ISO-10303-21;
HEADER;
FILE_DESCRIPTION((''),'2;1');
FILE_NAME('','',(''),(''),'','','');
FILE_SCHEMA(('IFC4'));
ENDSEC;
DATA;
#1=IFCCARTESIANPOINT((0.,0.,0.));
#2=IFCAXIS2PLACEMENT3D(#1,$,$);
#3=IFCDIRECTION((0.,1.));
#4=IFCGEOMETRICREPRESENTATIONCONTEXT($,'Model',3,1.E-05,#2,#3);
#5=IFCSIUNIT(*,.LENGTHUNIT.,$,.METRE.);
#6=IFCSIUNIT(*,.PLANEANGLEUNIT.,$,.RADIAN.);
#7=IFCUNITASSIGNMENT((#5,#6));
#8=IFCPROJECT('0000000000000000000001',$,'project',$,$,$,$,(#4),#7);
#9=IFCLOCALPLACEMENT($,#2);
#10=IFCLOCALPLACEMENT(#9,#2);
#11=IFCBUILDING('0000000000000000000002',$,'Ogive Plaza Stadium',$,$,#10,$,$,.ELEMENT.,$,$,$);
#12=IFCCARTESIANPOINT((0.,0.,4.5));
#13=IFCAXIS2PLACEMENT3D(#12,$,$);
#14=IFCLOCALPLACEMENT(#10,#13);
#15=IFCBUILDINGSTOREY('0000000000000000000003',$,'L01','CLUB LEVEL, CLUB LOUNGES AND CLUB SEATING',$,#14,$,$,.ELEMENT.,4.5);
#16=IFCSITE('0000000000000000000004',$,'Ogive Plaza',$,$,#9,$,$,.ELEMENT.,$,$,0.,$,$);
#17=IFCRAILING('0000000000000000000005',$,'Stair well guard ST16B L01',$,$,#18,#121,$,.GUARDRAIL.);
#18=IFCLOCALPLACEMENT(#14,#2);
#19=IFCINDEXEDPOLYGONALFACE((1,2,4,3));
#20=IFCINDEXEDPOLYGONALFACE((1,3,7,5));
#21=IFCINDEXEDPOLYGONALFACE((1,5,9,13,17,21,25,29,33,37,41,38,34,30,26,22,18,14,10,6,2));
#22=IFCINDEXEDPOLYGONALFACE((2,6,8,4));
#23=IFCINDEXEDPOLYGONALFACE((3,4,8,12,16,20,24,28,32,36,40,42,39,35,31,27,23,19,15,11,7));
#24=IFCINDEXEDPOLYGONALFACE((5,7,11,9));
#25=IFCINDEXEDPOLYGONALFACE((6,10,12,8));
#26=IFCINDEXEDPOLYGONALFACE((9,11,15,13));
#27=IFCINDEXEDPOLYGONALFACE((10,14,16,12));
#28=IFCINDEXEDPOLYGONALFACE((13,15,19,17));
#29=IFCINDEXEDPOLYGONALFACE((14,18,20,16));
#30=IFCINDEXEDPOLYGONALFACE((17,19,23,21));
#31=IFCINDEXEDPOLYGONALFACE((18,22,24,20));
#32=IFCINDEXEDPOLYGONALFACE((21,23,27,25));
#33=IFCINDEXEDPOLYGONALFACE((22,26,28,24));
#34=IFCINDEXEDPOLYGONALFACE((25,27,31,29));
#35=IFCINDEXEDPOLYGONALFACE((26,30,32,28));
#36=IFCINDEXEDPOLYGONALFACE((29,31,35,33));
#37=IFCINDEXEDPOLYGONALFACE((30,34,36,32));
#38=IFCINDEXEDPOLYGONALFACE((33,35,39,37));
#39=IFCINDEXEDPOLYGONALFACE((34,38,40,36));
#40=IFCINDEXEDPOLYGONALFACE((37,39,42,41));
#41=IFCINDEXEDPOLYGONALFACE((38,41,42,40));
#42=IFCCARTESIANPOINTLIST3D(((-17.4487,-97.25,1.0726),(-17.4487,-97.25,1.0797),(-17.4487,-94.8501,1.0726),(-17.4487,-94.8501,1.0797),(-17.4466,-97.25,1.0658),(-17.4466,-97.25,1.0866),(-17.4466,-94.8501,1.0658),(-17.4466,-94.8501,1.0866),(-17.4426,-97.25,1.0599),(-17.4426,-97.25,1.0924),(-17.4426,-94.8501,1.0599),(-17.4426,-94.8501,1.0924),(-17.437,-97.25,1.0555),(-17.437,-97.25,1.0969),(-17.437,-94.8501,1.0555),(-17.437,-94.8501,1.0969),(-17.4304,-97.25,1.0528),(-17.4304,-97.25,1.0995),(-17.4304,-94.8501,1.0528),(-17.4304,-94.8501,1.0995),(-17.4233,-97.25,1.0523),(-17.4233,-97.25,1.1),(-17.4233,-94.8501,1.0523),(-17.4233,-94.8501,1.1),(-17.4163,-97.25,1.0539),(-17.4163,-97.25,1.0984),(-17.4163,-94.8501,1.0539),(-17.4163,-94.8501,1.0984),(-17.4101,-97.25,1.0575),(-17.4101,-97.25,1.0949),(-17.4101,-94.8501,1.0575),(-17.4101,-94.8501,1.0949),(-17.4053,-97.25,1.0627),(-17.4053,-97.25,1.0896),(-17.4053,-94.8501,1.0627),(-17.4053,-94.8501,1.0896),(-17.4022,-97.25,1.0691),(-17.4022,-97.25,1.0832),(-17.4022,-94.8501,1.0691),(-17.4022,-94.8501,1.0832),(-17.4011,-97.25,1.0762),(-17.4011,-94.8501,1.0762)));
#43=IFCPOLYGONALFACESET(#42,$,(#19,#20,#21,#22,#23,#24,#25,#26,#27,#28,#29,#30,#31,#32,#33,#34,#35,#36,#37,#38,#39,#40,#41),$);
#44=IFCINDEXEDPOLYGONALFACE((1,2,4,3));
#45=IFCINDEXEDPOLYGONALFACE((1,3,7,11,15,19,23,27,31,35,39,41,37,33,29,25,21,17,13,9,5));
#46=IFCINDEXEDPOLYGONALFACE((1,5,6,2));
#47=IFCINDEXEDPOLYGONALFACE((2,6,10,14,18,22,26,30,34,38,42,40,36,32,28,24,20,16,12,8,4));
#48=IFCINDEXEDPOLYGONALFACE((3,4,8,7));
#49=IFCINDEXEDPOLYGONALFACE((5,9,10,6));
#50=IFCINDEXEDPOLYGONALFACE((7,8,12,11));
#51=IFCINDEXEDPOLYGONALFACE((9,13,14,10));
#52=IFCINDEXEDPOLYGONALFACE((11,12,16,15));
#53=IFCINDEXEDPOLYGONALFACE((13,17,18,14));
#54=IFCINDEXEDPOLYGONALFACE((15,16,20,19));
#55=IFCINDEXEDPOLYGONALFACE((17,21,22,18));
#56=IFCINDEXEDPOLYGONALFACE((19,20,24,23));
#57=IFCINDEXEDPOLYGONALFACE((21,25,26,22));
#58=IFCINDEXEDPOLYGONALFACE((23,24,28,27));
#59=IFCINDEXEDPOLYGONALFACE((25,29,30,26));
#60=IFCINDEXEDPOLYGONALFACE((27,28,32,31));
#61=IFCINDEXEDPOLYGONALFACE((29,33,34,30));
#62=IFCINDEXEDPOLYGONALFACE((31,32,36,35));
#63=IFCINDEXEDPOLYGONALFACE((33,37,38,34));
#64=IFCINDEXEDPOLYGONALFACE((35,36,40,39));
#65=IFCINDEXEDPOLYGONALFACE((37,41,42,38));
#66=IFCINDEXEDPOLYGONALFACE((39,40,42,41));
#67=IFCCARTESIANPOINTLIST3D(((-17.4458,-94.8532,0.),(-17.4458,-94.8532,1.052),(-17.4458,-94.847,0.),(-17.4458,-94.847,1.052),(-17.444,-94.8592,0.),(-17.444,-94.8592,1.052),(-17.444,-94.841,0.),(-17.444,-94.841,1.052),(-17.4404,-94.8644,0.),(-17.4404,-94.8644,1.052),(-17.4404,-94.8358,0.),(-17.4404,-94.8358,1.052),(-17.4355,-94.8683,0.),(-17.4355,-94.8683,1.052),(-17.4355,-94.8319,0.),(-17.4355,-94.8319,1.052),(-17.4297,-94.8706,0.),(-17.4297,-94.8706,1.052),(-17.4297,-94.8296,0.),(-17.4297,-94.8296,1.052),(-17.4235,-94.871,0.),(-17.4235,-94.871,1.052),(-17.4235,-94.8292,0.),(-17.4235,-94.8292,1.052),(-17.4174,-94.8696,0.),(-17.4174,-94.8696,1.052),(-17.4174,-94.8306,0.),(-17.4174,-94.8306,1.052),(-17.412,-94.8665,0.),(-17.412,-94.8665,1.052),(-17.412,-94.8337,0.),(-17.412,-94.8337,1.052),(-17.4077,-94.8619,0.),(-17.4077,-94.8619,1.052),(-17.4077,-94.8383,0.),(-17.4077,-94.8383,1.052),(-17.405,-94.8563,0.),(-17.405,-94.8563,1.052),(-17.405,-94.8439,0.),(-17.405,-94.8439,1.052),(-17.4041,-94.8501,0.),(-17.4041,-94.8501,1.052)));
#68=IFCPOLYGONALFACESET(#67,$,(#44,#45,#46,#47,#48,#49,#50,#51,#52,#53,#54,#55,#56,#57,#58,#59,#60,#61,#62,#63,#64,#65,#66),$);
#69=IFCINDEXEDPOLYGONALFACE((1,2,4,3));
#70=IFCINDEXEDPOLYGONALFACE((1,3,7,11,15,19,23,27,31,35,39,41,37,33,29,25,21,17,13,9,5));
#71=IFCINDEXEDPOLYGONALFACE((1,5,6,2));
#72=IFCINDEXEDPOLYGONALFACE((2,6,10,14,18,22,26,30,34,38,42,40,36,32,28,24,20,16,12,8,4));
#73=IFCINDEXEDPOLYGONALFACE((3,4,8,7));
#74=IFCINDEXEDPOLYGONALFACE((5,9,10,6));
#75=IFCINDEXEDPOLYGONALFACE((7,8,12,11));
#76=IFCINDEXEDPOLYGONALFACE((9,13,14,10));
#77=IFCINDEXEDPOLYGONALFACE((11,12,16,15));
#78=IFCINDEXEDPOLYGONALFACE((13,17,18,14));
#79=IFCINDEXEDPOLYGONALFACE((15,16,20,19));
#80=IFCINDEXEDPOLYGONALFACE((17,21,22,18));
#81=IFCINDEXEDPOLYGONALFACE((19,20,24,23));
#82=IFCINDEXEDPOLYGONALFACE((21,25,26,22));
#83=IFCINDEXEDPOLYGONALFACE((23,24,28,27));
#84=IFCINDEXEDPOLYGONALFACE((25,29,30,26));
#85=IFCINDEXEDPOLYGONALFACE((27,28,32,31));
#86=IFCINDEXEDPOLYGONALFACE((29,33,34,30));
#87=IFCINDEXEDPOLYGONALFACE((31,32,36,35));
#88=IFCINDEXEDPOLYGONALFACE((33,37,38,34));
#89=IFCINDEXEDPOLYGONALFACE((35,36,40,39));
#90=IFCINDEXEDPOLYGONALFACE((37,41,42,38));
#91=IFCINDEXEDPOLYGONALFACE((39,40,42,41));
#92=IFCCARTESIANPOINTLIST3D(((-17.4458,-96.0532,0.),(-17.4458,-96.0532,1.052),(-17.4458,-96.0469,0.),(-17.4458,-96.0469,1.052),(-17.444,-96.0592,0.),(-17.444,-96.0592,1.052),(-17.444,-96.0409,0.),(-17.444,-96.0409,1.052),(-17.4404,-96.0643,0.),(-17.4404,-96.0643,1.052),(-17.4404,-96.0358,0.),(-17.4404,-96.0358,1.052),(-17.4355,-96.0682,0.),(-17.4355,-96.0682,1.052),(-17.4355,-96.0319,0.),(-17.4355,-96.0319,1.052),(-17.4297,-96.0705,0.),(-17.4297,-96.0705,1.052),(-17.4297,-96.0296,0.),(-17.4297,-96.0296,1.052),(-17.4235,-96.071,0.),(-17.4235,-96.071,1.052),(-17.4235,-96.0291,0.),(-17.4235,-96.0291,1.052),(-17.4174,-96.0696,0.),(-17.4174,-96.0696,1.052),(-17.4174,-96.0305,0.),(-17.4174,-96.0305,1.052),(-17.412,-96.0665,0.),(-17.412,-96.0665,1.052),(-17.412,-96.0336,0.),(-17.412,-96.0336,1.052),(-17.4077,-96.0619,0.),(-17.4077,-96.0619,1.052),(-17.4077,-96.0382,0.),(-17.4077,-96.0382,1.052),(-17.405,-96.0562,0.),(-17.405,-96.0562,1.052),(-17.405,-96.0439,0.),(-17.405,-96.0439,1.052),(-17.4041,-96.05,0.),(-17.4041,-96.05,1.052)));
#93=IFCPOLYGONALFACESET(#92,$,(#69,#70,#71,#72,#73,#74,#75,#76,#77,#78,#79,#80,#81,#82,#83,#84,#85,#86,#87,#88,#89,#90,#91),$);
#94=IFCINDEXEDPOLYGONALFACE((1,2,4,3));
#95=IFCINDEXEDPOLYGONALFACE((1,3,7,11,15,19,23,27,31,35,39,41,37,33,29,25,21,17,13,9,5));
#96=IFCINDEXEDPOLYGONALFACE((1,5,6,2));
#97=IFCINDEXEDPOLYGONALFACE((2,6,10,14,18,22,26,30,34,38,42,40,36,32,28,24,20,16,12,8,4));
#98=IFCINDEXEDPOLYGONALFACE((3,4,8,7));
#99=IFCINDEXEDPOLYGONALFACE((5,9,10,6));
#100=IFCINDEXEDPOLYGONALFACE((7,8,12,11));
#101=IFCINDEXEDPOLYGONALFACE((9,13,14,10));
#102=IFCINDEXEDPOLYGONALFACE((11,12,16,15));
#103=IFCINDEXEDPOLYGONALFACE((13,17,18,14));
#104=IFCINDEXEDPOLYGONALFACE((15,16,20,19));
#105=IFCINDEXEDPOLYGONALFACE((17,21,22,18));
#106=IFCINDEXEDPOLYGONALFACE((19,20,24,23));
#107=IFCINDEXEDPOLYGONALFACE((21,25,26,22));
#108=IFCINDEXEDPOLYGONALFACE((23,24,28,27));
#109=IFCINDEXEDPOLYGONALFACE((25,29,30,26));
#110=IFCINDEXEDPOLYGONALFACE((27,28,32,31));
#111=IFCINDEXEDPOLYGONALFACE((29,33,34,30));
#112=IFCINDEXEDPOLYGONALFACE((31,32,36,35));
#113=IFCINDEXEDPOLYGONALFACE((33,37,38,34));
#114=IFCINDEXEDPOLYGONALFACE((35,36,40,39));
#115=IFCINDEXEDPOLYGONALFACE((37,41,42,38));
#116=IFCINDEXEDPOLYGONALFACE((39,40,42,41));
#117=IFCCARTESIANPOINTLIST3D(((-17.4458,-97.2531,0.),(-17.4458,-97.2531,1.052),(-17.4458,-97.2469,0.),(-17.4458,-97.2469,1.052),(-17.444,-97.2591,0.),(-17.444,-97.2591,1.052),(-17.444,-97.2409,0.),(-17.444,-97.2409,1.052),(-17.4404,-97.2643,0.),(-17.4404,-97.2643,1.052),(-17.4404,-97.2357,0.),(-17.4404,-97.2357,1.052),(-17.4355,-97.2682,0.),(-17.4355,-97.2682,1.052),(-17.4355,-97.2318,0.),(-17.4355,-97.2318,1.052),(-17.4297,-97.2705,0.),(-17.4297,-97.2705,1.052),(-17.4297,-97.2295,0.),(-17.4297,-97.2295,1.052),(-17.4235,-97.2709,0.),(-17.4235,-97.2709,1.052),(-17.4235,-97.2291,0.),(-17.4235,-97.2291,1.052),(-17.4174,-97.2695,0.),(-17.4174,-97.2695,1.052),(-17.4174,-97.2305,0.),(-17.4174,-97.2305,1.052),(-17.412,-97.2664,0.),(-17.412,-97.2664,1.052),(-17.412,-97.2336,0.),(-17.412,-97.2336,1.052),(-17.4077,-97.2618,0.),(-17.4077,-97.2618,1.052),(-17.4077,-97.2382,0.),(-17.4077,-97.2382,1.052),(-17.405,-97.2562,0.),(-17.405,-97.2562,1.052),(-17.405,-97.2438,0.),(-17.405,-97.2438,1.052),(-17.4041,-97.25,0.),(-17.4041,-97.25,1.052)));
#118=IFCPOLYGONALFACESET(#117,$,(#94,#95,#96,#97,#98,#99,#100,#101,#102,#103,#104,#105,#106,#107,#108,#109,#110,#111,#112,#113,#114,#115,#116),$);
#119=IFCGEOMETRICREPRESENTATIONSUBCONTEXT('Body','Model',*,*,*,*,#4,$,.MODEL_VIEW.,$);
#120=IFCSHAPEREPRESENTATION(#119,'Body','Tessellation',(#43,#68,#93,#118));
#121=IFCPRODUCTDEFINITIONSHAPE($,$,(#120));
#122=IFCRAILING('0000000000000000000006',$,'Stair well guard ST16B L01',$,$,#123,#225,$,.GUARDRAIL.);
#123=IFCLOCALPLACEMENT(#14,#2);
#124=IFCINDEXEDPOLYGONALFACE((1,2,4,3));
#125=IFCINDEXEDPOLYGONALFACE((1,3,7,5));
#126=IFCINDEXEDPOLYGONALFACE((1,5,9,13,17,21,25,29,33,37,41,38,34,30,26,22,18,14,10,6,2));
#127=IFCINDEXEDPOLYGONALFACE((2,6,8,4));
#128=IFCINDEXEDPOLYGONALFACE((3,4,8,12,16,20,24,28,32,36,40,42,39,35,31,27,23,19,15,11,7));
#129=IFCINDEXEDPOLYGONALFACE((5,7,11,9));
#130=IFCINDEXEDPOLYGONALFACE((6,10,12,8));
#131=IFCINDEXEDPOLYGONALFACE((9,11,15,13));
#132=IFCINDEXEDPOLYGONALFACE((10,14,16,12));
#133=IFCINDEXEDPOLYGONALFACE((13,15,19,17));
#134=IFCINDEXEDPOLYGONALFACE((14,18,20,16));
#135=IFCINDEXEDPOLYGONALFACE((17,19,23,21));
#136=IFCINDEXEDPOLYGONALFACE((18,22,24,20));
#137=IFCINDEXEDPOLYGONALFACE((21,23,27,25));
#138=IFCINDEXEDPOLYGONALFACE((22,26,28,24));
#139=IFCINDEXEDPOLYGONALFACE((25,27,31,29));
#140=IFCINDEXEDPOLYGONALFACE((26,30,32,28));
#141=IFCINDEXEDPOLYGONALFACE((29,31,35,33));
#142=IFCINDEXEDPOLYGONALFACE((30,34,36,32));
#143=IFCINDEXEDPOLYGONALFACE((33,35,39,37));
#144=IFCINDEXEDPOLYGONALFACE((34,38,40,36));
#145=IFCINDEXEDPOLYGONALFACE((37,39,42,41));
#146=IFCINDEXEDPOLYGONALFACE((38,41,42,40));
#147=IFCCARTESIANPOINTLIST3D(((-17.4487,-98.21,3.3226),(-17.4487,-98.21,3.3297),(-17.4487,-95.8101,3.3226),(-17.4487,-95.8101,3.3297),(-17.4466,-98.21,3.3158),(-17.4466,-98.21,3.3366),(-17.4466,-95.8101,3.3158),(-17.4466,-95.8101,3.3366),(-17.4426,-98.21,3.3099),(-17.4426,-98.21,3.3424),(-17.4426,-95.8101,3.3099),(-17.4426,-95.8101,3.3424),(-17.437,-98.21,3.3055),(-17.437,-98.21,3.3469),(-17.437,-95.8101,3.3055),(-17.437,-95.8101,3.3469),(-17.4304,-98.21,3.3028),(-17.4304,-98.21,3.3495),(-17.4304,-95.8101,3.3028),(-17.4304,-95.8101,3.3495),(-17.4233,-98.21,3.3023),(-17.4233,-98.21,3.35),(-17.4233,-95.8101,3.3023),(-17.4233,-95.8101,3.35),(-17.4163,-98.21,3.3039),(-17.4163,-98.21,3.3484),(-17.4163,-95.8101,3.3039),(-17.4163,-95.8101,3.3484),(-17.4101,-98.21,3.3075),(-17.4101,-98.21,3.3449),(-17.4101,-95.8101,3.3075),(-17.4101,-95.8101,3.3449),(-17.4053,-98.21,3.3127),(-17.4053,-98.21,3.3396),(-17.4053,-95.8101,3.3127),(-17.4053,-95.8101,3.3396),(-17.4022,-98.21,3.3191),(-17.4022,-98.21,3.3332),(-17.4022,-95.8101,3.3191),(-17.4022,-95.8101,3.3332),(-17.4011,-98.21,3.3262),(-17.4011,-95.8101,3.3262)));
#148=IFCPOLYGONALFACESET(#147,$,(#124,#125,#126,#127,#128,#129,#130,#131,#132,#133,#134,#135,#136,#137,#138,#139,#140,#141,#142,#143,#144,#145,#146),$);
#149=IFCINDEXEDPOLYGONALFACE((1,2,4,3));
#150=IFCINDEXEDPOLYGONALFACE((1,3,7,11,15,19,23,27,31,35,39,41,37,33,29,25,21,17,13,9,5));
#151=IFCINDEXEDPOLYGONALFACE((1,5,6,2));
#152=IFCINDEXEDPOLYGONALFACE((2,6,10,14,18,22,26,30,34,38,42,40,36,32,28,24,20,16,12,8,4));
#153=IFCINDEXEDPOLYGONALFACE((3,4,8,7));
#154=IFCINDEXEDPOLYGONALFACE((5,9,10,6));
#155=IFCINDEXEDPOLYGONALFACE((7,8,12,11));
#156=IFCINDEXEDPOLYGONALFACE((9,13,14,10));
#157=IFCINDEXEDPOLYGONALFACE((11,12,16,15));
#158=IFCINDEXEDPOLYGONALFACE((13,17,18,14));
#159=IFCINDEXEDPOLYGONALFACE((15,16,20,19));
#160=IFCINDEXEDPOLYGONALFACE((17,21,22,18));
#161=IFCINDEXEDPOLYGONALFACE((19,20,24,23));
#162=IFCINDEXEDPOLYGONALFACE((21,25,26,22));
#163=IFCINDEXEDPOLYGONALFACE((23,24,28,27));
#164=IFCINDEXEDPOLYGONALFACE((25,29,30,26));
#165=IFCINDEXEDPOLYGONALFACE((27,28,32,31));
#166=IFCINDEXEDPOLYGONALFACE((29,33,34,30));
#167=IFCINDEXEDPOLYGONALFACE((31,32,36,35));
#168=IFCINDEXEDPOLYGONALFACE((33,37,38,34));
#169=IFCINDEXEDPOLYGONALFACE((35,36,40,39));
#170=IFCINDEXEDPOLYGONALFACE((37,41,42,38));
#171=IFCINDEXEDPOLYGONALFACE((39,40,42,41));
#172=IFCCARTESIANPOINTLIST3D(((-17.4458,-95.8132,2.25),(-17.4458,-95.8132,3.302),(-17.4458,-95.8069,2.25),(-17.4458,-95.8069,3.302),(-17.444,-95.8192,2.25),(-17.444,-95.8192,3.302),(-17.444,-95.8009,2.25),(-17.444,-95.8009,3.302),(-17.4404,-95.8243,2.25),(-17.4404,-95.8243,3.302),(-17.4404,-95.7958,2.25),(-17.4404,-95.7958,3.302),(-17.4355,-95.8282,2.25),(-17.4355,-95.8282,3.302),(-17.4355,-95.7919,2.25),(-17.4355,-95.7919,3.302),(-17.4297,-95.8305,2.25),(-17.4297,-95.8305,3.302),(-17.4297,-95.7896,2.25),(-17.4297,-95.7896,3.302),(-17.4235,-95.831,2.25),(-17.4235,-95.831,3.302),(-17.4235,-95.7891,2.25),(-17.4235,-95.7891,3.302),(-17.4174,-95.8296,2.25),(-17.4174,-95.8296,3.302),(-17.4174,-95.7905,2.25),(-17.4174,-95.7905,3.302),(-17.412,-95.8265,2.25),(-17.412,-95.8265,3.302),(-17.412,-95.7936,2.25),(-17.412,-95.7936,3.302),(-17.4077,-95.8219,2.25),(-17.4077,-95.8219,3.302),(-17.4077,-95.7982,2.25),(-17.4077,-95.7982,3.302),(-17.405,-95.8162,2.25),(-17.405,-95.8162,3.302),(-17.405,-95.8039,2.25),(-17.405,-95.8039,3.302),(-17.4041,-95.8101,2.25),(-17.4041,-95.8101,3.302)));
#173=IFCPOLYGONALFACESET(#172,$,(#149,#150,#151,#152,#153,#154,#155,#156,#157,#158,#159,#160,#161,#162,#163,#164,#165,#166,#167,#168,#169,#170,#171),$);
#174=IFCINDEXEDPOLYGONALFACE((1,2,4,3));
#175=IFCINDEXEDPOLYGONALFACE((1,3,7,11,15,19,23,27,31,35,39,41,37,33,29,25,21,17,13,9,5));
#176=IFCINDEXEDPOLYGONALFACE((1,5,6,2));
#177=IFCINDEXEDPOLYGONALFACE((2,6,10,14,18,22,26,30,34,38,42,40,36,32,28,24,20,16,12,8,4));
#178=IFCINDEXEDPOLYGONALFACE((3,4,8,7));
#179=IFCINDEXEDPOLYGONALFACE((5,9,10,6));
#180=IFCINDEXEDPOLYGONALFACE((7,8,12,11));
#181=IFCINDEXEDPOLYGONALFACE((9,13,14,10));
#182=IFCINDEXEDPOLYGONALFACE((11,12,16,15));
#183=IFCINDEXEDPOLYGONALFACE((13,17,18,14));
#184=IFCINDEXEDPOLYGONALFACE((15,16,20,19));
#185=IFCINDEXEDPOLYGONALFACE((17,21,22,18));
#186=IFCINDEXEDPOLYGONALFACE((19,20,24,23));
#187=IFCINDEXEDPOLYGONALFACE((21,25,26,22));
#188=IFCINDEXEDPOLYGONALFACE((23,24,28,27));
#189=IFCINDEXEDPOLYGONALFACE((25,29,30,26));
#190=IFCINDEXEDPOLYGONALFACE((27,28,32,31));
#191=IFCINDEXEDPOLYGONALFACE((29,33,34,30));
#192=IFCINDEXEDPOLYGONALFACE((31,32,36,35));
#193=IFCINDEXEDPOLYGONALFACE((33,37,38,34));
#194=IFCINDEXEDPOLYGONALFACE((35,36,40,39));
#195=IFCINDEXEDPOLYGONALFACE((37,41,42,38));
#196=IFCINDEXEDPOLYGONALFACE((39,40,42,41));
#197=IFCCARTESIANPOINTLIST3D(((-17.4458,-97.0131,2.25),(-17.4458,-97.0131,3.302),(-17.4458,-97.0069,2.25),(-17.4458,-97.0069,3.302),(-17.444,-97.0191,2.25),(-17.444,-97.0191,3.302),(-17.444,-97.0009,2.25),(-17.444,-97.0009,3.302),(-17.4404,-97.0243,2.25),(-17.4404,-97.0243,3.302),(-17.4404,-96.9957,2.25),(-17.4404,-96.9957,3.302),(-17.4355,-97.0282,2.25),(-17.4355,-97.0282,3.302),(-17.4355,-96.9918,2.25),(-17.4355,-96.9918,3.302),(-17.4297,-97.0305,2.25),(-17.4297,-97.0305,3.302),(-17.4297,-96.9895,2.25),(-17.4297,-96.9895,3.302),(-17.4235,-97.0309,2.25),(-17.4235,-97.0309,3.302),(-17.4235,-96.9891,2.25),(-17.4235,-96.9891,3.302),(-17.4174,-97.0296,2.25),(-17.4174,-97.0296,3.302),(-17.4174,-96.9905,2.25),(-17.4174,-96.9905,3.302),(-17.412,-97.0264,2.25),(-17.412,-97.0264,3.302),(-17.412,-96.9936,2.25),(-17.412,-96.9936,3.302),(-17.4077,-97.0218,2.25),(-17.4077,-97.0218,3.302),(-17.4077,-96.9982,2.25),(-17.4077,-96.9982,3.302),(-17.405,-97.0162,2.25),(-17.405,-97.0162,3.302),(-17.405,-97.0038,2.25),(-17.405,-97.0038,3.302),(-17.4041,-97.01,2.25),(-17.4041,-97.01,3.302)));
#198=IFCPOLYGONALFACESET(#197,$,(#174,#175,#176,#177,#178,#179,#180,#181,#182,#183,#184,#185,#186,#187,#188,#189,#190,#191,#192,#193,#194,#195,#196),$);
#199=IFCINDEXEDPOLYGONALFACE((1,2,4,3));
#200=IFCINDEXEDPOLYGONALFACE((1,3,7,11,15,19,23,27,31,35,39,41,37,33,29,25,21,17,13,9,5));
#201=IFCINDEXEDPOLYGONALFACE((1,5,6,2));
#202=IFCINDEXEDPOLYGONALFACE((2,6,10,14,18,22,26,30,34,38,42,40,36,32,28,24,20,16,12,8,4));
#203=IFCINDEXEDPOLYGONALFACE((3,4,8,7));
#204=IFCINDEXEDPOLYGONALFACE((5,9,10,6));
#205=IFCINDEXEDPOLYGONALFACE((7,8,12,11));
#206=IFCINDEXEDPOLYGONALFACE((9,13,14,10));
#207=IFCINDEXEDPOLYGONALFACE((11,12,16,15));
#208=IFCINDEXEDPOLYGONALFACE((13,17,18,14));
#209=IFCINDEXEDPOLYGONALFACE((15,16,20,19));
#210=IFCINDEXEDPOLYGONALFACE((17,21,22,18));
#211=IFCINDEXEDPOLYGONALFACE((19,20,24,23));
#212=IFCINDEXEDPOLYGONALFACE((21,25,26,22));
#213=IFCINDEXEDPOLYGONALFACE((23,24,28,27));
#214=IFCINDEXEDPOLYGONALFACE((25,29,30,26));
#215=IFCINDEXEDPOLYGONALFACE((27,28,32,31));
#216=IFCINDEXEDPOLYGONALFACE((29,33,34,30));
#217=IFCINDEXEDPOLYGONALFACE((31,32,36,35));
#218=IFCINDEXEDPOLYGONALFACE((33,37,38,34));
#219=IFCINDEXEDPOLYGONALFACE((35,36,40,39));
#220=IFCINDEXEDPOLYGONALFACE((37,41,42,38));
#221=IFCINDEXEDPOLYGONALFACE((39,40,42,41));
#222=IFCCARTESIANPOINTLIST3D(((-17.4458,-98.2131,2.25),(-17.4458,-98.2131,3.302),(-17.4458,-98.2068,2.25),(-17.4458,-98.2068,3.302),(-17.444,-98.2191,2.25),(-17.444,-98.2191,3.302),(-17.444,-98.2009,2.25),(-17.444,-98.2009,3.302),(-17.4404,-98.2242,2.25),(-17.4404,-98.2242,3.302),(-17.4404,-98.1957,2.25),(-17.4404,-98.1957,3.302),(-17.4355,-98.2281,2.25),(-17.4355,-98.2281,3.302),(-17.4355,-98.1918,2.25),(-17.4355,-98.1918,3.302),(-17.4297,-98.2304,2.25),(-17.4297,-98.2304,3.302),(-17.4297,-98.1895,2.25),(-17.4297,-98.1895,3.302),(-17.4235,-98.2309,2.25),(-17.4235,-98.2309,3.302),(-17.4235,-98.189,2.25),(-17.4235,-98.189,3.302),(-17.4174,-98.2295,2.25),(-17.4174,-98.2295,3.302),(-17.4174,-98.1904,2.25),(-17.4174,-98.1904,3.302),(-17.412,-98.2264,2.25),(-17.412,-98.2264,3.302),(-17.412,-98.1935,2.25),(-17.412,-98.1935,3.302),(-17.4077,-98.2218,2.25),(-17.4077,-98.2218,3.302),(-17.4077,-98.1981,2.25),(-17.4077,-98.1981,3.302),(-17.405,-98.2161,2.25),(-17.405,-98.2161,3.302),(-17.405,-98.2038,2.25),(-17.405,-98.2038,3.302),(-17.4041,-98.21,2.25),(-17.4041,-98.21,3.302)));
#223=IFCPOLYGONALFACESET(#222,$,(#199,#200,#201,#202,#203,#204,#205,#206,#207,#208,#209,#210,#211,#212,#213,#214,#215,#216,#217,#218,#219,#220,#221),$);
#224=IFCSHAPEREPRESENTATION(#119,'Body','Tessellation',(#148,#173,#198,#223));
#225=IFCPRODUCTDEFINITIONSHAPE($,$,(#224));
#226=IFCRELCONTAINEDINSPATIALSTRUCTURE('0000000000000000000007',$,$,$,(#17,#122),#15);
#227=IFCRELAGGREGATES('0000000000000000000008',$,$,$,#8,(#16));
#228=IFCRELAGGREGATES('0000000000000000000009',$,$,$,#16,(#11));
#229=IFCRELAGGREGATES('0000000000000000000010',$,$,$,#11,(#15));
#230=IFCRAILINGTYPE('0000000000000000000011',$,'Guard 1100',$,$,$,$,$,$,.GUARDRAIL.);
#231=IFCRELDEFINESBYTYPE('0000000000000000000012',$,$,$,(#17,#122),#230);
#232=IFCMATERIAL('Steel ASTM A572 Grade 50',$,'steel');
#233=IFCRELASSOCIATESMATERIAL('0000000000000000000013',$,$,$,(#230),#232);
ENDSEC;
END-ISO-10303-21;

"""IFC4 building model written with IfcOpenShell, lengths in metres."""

from ifc_helpers import new_model, si_unit, direction, frame, origin, origin_2d, place, context, subcontext, project, spatial, circle, extrude, material, type_object, element, save


model = new_model("IFC4")

# Units and contexts
model_context = context("Model", 3, precision=1e-05, world=origin(), true_north=direction((0.0, 1.0)))
body_context = subcontext(model_context, "Body", "Model", "MODEL_VIEW")
ifc_project = project(units=[si_unit("LENGTHUNIT", "METRE"), si_unit("PLANEANGLEUNIT", "RADIAN")], contexts=[model_context])

# Site, building, storey
site_placement = place(None, origin())
site = spatial("IfcSite", under=ifc_project, at=site_placement, Name="Ogive Plaza", CompositionType="ELEMENT", RefElevation=0.0)
building_placement = place(site_placement, origin())
building = spatial("IfcBuilding", under=site, at=building_placement, Name="Ogive Plaza Stadium", CompositionType="ELEMENT")
storey_placement = place(building_placement, frame((0.0, 0.0, 4.5)))
storey = spatial("IfcBuildingStorey", under=building, at=storey_placement, Name="L01", Description="CLUB LEVEL, CLUB LOUNGES AND CLUB SEATING", CompositionType="ELEMENT", Elevation=4.5)

# Railings
ifc_material_1 = material(Name="Steel ASTM A572 Grade 50", Category="steel")
railing_type_1 = type_object("IfcRailingType", Name="Guard 1100", PredefinedType="GUARDRAIL", material=ifc_material_1)
for number, where, name in (
    (1, (-17.425, -94.8501, 0.0), "Stair well guard ST16B L01"),
    (2, (-17.425, -95.8101, 2.25), "Stair well guard ST16B L01"),
):
    element("IfcRailing", number, at=place(storey_placement, frame(where)), inside=storey, type_object=railing_type_1, Name=name, PredefinedType="GUARDRAIL", context=body_context, shape_type="SweptSolid", body=[
        extrude(circle(Radius=0.0239, at=origin_2d()), frame((0.0, 0.0, 1.0762), z_axis=(0.0, -1.0, 0.0), x_axis=(1.0, 0.0, 0.0)), (0.0, 0.0, 1.0), 2.3999),
        extrude(circle(Radius=0.021, at=origin_2d()), origin(), (0.0, 0.0, 1.0), 1.052),
        extrude(circle(Radius=0.021, at=origin_2d()), frame((0.0, -1.2, 0.0)), (0.0, 0.0, 1.0), 1.052),
        extrude(circle(Radius=0.021, at=origin_2d()), frame((0.0, -2.3999, 0.0)), (0.0, 0.0, 1.0), 1.052),
    ])

save(model, "model.ifc")
